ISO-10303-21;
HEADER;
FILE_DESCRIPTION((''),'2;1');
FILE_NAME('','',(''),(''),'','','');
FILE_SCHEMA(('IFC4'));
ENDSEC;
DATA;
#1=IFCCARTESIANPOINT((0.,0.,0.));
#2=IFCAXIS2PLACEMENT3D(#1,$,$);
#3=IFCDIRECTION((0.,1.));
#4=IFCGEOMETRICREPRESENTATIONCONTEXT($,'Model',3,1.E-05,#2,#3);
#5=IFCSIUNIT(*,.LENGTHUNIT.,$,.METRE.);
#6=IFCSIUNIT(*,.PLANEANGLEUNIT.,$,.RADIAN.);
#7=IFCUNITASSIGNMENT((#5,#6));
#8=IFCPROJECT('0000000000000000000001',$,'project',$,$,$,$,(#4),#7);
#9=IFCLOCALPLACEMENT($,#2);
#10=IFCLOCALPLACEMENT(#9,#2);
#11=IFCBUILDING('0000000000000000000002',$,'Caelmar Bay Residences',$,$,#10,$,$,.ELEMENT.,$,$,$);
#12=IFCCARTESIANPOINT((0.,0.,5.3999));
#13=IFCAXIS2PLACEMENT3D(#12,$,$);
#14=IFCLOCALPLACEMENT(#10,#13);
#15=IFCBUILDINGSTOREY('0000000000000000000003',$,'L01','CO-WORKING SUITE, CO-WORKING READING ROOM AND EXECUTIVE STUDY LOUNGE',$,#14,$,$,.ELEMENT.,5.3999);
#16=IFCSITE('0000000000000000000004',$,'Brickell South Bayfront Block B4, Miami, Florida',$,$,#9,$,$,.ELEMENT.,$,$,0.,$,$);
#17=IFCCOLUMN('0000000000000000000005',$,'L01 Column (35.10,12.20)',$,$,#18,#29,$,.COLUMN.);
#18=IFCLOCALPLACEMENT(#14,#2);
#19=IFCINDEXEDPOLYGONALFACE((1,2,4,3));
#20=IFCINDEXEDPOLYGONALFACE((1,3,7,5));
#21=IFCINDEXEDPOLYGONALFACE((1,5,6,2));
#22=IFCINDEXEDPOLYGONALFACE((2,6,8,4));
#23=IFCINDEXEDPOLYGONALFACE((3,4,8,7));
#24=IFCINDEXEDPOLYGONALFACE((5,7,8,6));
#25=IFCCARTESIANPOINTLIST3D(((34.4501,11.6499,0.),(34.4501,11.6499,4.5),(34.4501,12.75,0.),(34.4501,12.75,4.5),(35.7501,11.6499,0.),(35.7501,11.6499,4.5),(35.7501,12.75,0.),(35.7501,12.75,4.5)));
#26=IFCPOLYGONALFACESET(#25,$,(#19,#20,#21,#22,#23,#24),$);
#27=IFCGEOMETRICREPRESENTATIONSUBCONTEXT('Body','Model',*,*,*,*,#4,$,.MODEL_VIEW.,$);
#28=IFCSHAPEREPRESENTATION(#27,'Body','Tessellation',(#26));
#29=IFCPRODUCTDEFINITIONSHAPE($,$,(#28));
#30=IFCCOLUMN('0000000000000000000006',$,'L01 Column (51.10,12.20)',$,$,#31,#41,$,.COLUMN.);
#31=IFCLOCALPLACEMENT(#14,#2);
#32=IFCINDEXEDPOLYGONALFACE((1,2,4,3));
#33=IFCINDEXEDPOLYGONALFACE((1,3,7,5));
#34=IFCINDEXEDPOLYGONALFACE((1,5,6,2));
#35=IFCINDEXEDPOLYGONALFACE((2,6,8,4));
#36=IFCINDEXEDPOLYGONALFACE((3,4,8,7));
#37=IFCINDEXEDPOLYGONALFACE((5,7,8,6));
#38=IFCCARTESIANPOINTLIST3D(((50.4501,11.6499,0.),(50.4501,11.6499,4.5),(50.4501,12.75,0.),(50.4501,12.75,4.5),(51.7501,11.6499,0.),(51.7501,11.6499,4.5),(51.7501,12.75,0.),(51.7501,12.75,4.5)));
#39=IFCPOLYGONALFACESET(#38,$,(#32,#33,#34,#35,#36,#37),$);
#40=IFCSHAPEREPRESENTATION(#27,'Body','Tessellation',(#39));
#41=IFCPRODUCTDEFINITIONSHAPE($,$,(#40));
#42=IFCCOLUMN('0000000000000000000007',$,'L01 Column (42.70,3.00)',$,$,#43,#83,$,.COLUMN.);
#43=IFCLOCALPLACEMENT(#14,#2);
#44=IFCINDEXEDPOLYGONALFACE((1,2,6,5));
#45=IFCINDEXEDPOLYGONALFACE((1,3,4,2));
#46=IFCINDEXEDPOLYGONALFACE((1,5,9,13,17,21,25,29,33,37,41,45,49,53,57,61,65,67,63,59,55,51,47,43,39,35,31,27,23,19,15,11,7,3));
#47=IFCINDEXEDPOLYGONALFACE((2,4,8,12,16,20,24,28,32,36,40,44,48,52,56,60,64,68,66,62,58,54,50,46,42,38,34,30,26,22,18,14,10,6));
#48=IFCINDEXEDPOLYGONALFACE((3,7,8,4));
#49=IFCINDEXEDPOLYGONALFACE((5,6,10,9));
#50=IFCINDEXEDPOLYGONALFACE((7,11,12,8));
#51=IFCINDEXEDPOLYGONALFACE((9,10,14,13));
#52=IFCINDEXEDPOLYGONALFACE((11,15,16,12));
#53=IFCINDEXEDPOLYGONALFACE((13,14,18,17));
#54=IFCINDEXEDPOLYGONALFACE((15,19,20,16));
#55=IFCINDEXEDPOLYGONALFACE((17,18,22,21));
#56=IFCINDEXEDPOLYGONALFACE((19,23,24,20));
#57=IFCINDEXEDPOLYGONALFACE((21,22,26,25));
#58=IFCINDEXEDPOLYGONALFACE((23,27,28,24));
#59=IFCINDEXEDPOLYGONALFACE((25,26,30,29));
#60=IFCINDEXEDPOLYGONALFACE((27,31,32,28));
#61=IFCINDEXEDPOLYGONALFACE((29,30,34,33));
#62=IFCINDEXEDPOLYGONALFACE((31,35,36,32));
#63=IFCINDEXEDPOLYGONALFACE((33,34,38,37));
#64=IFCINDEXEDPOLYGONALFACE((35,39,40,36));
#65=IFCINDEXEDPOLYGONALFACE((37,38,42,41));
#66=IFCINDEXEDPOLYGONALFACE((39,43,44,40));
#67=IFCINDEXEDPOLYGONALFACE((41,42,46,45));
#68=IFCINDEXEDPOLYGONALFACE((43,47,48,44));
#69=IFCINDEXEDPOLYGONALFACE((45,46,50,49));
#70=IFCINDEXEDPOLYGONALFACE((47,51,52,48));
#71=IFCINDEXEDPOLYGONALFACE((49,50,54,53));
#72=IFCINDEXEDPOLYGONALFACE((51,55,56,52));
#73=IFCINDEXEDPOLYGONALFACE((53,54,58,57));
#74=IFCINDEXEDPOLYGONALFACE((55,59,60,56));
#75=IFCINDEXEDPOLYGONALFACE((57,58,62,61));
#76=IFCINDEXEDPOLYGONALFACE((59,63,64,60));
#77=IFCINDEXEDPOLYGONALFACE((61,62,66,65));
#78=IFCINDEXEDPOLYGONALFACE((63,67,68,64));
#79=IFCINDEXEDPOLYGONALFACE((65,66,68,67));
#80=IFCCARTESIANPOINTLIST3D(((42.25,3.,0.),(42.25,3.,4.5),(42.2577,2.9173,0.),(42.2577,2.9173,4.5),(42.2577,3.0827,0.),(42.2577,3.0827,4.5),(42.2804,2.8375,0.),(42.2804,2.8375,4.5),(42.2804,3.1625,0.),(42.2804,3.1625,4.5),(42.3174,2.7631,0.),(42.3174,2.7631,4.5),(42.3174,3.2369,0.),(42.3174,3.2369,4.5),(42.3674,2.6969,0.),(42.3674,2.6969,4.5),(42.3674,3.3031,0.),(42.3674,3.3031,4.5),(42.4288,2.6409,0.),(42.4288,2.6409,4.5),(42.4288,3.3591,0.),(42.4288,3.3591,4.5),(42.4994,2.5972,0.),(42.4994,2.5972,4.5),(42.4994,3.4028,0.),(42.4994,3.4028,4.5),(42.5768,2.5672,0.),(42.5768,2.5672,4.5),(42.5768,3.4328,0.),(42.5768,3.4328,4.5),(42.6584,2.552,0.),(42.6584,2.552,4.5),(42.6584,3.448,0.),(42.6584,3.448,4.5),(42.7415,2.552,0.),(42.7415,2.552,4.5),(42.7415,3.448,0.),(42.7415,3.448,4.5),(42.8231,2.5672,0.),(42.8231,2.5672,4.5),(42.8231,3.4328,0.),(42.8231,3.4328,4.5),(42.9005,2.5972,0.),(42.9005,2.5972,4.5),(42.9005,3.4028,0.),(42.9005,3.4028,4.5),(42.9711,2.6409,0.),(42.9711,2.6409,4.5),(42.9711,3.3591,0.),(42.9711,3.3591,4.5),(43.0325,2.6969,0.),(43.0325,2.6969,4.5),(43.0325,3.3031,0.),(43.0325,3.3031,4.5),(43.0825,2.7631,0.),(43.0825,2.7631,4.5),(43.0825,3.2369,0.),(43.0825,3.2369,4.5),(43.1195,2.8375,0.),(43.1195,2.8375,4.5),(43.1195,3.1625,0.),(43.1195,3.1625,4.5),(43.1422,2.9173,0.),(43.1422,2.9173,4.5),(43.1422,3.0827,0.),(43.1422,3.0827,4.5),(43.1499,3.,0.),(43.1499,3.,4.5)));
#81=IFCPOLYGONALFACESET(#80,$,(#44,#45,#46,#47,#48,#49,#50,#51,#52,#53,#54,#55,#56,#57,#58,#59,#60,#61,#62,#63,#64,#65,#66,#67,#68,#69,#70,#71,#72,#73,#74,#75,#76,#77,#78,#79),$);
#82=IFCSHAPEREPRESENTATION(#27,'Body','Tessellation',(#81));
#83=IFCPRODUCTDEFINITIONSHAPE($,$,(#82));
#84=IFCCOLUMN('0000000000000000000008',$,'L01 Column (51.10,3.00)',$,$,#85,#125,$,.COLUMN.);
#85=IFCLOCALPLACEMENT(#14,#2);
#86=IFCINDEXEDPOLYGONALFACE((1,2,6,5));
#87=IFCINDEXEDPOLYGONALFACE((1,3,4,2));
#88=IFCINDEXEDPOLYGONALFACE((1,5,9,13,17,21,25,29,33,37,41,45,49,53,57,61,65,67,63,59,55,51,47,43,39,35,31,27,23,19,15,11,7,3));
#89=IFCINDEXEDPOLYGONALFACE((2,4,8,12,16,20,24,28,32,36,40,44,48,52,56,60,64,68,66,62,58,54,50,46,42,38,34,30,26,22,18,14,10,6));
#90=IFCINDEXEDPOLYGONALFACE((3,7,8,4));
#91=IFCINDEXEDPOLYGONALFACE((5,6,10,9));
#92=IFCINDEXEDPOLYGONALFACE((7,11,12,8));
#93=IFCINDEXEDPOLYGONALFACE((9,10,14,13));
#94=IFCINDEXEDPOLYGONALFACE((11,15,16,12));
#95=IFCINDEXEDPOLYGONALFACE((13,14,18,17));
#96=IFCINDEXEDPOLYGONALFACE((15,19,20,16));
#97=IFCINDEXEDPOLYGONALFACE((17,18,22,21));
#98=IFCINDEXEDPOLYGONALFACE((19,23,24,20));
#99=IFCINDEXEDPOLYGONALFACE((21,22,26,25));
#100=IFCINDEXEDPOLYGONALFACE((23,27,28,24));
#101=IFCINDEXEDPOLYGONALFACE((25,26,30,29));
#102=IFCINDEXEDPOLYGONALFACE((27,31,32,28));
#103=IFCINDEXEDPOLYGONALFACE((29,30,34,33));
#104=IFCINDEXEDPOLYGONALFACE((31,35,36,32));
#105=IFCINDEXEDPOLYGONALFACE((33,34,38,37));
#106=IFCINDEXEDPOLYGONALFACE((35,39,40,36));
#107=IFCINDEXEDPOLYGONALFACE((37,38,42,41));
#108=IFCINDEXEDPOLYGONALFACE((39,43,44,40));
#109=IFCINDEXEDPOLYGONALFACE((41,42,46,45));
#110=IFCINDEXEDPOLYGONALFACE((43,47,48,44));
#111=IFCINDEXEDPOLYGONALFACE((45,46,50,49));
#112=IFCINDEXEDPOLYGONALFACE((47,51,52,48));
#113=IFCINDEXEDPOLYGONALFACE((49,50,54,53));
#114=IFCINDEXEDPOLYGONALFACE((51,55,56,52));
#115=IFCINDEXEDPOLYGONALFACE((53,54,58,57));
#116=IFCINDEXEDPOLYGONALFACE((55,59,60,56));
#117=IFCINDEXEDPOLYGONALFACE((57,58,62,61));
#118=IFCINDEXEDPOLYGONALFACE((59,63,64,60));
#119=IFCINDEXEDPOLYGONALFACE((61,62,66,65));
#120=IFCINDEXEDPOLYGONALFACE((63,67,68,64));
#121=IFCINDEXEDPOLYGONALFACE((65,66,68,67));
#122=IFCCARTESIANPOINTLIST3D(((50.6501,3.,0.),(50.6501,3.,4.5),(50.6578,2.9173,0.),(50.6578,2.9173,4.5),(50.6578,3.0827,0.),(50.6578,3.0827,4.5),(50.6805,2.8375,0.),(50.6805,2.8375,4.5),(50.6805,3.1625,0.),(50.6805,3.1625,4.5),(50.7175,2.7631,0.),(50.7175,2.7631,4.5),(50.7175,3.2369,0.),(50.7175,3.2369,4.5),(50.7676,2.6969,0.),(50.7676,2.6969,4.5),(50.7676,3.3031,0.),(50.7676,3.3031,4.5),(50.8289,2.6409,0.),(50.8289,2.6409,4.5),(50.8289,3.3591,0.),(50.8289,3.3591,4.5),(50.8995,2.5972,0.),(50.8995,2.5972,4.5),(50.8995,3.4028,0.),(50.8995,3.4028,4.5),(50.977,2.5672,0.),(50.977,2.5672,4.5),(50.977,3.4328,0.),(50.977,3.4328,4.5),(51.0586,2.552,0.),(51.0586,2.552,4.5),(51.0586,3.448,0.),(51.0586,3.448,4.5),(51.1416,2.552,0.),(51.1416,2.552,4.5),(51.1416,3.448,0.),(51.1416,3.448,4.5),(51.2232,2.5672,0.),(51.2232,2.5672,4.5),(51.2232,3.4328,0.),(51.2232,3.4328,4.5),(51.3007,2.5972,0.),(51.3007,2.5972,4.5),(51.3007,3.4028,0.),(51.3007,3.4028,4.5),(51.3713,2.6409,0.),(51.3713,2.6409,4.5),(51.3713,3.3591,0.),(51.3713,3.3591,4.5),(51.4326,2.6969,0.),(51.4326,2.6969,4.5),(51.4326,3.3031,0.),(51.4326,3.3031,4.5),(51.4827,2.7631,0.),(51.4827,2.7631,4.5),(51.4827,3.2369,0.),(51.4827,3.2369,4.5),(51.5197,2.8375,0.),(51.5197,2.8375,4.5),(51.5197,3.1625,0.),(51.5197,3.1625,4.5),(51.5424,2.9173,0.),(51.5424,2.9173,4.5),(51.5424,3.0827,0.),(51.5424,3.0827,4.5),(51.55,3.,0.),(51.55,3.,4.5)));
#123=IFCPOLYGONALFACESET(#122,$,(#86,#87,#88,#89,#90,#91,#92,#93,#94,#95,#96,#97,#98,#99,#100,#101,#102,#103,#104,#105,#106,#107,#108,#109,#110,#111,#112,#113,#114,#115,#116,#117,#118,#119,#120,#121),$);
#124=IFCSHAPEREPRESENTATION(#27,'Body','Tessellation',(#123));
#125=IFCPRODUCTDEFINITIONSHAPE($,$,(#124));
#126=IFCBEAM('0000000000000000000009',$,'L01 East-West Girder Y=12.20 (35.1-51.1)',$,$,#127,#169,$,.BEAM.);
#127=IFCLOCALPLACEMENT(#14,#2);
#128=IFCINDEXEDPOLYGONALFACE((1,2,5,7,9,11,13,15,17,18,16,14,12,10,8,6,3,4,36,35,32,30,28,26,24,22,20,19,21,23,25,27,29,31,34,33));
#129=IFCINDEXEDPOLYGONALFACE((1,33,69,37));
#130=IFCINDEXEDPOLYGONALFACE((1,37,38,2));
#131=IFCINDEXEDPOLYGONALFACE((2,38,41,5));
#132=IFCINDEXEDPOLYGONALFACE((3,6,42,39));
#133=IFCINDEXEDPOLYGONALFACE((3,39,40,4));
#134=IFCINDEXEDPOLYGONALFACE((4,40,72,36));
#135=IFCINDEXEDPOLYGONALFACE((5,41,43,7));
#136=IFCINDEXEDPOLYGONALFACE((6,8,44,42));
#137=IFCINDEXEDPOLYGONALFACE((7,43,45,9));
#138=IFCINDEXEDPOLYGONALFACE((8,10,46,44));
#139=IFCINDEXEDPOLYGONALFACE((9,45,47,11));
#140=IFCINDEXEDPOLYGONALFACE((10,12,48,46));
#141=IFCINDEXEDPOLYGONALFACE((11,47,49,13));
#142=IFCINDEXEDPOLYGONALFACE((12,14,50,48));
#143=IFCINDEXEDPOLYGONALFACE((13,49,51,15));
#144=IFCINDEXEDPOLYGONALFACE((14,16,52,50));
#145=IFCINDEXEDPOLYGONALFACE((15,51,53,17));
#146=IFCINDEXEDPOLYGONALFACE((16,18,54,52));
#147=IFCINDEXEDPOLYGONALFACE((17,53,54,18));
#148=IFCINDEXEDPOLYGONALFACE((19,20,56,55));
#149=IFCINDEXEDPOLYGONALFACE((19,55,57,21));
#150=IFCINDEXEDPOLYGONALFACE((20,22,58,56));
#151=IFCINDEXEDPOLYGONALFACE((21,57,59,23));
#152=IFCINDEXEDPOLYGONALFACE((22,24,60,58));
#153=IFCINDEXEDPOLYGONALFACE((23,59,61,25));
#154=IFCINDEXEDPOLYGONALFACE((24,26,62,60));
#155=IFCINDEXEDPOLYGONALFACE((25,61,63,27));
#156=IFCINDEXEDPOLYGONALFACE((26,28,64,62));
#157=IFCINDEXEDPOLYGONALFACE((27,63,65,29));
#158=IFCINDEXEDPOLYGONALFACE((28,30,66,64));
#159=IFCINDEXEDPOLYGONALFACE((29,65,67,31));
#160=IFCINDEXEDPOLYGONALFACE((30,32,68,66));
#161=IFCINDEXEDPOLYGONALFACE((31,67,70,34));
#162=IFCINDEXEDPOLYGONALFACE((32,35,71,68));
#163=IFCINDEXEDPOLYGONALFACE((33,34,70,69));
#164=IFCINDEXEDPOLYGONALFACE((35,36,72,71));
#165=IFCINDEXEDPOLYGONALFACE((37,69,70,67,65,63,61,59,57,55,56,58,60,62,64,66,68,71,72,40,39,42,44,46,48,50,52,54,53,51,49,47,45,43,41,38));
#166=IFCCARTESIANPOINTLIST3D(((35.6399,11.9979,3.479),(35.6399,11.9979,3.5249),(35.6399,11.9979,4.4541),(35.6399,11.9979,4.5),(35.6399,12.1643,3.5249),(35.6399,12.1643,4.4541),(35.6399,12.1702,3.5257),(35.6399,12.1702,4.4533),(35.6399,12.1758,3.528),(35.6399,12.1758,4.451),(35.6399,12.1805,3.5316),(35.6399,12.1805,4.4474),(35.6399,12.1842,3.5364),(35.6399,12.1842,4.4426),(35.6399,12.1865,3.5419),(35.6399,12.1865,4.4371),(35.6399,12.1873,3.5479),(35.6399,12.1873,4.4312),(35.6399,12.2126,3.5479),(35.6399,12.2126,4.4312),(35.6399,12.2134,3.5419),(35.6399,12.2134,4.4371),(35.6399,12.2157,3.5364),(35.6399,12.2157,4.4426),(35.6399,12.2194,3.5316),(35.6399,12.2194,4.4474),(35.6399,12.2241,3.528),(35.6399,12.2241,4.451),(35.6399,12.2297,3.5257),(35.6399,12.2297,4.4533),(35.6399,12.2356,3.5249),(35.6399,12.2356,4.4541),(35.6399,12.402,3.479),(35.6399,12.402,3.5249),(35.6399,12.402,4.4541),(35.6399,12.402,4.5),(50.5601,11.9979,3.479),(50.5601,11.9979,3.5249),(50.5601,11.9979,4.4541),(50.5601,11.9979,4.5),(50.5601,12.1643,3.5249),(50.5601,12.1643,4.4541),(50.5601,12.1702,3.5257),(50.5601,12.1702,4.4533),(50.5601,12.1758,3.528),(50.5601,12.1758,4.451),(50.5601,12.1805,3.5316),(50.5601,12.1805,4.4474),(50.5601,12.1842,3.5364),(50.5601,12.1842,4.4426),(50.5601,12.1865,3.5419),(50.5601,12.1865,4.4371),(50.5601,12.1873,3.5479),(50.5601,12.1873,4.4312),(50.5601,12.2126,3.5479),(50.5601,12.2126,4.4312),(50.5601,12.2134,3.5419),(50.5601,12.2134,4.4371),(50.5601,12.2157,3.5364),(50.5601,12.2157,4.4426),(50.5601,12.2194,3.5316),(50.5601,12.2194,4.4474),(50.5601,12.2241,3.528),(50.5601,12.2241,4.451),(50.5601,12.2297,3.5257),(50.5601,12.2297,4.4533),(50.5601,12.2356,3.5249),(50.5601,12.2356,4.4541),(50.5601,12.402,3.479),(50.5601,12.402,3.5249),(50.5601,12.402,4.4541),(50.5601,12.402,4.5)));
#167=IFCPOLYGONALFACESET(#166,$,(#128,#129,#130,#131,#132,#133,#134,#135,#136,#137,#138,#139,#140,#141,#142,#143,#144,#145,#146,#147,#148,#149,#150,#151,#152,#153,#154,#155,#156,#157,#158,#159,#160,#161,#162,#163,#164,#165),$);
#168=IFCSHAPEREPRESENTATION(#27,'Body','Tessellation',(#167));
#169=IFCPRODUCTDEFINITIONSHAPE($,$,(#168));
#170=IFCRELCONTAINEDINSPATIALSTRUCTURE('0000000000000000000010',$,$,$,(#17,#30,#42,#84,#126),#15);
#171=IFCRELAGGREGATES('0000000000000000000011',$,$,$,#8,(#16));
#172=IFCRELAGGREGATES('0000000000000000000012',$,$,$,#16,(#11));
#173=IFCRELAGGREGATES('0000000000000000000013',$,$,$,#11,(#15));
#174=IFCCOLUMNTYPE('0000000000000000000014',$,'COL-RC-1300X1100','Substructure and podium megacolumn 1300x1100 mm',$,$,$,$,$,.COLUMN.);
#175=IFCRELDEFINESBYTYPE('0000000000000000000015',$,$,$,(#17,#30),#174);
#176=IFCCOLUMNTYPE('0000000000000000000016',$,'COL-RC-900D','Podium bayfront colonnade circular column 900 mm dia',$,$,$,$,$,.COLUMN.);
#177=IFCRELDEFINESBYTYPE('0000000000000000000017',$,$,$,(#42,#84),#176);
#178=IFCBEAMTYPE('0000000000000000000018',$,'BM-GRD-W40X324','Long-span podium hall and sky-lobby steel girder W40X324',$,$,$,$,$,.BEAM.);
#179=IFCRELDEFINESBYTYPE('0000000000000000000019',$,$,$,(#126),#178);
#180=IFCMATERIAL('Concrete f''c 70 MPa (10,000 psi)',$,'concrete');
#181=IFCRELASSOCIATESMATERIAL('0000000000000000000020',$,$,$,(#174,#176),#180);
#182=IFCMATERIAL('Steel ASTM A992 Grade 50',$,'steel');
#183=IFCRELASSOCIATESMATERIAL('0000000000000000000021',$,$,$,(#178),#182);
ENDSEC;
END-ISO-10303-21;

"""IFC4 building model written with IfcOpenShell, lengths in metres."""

from ifc_helpers import new_model, si_unit, direction, frame, origin, origin_2d, place, context, subcontext, project, spatial, rectangle, circle, i_section, extrude, material, material_profile, profile_set, type_object, element, save


model = new_model("IFC4")

# Units and contexts
model_context = context("Model", 3, precision=1e-05, world=origin(), true_north=direction((0.0, 1.0)))
body_context = subcontext(model_context, "Body", "Model", "MODEL_VIEW")
ifc_project = project(units=[si_unit("LENGTHUNIT", "METRE"), si_unit("PLANEANGLEUNIT", "RADIAN")], contexts=[model_context])

# Site, building, storey
site_placement = place(None, origin())
site = spatial("IfcSite", under=ifc_project, at=site_placement, Name="Brickell South Bayfront Block B4, Miami, Florida", CompositionType="ELEMENT", RefElevation=0.0)
building_placement = place(site_placement, origin())
building = spatial("IfcBuilding", under=site, at=building_placement, Name="Caelmar Bay Residences", CompositionType="ELEMENT")
storey_placement = place(building_placement, frame((0.0, 0.0, 5.3999)))
storey = spatial("IfcBuildingStorey", under=building, at=storey_placement, Name="L01", Description="CO-WORKING SUITE, CO-WORKING READING ROOM AND EXECUTIVE STUDY LOUNGE", CompositionType="ELEMENT", Elevation=5.3999)

# Columns
ifc_material_1 = material(Name="Concrete f'c 70 MPa (10,000 psi)", Category="concrete")
ifc_material_profile_1 = material_profile(ifc_material_1, rectangle(XDim=1.3, YDim=1.1001, at=origin_2d()), Name="RC-COL-1300X1100")
ifc_profile_set_1 = profile_set([ifc_material_profile_1], Name="Concrete f'c 70 MPa (10,000 psi)")
column_type_1 = type_object("IfcColumnType", Name="COL-RC-1300X1100", Description="Substructure and podium megacolumn 1300x1100 mm", PredefinedType="COLUMN", material=ifc_profile_set_1)
for number, where, z_axis, x_axis, name in (
    (1, (35.1001, 12.2, 0.0), (0.0, 0.0, 1.0), (1.0, 0.0, 0.0), "L01 Column (35.10,12.20)"),
    (2, (51.1001, 12.2, 0.0), (0.0, 0.0, 1.0), (1.0, 0.0, 0.0), "L01 Column (51.10,12.20)"),
):
    element("IfcColumn", number, at=place(storey_placement, frame(where, z_axis=z_axis, x_axis=x_axis)), inside=storey, type_object=column_type_1, Name=name, PredefinedType="COLUMN", context=body_context, shape_type="SweptSolid", body=[
        extrude(rectangle(XDim=1.3, YDim=1.1001, at=origin_2d()), origin(), (0.0, 0.0, 1.0), 4.5),
    ])
ifc_material_profile_2 = material_profile(ifc_material_1, circle(Radius=0.45, at=origin_2d()), Name="RC-COL-900D")
ifc_profile_set_2 = profile_set([ifc_material_profile_2], Name="Concrete f'c 70 MPa (10,000 psi)")
column_type_2 = type_object("IfcColumnType", Name="COL-RC-900D", Description="Podium bayfront colonnade circular column 900 mm dia", PredefinedType="COLUMN", material=ifc_profile_set_2)
for number, where, z_axis, x_axis, name in (
    (3, (42.7, 3.0, 0.0), (0.0, 0.0, 1.0), (1.0, 0.0, 0.0), "L01 Column (42.70,3.00)"),
    (4, (51.1001, 3.0, 0.0), (0.0, 0.0, 1.0), (1.0, 0.0, 0.0), "L01 Column (51.10,3.00)"),
):
    element("IfcColumn", number, at=place(storey_placement, frame(where, z_axis=z_axis, x_axis=x_axis)), inside=storey, type_object=column_type_2, Name=name, PredefinedType="COLUMN", context=body_context, shape_type="SweptSolid", body=[
        extrude(circle(Radius=0.45, at=origin_2d()), origin(), (0.0, 0.0, 1.0), 4.5),
    ])

# Beam
ifc_material_2 = material(Name="Steel ASTM A992 Grade 50", Category="steel")
ifc_material_profile_3 = material_profile(ifc_material_2, i_section(OverallWidth=0.4041, OverallDepth=1.021, WebThickness=0.0254, FlangeThickness=0.0459, FilletRadius=0.0229, at=origin_2d()), Name="W40X324")
ifc_profile_set_3 = profile_set([ifc_material_profile_3], Name="Steel ASTM A992 Grade 50")
beam_type_1 = type_object("IfcBeamType", Name="BM-GRD-W40X324", Description="Long-span podium hall and sky-lobby steel girder W40X324", PredefinedType="BEAM", material=ifc_profile_set_3)
beam_1_placement = place(storey_placement, frame((35.6399, 12.2, 3.9895), z_axis=(1.0, 0.0, 0.0), x_axis=(0.0, 1.0, 0.0)))
element("IfcBeam", 5, at=beam_1_placement, inside=storey, type_object=beam_type_1, Name="L01 East-West Girder Y=12.20 (35.1-51.1)", PredefinedType="BEAM", context=body_context, shape_type="SweptSolid", body=[
    extrude(i_section(OverallWidth=0.4041, OverallDepth=1.021, WebThickness=0.0254, FlangeThickness=0.0459, FilletRadius=0.0229, at=origin_2d()), origin(), (0.0, 0.0, 1.0), 14.9202),
])

save(model, "model.ifc")
